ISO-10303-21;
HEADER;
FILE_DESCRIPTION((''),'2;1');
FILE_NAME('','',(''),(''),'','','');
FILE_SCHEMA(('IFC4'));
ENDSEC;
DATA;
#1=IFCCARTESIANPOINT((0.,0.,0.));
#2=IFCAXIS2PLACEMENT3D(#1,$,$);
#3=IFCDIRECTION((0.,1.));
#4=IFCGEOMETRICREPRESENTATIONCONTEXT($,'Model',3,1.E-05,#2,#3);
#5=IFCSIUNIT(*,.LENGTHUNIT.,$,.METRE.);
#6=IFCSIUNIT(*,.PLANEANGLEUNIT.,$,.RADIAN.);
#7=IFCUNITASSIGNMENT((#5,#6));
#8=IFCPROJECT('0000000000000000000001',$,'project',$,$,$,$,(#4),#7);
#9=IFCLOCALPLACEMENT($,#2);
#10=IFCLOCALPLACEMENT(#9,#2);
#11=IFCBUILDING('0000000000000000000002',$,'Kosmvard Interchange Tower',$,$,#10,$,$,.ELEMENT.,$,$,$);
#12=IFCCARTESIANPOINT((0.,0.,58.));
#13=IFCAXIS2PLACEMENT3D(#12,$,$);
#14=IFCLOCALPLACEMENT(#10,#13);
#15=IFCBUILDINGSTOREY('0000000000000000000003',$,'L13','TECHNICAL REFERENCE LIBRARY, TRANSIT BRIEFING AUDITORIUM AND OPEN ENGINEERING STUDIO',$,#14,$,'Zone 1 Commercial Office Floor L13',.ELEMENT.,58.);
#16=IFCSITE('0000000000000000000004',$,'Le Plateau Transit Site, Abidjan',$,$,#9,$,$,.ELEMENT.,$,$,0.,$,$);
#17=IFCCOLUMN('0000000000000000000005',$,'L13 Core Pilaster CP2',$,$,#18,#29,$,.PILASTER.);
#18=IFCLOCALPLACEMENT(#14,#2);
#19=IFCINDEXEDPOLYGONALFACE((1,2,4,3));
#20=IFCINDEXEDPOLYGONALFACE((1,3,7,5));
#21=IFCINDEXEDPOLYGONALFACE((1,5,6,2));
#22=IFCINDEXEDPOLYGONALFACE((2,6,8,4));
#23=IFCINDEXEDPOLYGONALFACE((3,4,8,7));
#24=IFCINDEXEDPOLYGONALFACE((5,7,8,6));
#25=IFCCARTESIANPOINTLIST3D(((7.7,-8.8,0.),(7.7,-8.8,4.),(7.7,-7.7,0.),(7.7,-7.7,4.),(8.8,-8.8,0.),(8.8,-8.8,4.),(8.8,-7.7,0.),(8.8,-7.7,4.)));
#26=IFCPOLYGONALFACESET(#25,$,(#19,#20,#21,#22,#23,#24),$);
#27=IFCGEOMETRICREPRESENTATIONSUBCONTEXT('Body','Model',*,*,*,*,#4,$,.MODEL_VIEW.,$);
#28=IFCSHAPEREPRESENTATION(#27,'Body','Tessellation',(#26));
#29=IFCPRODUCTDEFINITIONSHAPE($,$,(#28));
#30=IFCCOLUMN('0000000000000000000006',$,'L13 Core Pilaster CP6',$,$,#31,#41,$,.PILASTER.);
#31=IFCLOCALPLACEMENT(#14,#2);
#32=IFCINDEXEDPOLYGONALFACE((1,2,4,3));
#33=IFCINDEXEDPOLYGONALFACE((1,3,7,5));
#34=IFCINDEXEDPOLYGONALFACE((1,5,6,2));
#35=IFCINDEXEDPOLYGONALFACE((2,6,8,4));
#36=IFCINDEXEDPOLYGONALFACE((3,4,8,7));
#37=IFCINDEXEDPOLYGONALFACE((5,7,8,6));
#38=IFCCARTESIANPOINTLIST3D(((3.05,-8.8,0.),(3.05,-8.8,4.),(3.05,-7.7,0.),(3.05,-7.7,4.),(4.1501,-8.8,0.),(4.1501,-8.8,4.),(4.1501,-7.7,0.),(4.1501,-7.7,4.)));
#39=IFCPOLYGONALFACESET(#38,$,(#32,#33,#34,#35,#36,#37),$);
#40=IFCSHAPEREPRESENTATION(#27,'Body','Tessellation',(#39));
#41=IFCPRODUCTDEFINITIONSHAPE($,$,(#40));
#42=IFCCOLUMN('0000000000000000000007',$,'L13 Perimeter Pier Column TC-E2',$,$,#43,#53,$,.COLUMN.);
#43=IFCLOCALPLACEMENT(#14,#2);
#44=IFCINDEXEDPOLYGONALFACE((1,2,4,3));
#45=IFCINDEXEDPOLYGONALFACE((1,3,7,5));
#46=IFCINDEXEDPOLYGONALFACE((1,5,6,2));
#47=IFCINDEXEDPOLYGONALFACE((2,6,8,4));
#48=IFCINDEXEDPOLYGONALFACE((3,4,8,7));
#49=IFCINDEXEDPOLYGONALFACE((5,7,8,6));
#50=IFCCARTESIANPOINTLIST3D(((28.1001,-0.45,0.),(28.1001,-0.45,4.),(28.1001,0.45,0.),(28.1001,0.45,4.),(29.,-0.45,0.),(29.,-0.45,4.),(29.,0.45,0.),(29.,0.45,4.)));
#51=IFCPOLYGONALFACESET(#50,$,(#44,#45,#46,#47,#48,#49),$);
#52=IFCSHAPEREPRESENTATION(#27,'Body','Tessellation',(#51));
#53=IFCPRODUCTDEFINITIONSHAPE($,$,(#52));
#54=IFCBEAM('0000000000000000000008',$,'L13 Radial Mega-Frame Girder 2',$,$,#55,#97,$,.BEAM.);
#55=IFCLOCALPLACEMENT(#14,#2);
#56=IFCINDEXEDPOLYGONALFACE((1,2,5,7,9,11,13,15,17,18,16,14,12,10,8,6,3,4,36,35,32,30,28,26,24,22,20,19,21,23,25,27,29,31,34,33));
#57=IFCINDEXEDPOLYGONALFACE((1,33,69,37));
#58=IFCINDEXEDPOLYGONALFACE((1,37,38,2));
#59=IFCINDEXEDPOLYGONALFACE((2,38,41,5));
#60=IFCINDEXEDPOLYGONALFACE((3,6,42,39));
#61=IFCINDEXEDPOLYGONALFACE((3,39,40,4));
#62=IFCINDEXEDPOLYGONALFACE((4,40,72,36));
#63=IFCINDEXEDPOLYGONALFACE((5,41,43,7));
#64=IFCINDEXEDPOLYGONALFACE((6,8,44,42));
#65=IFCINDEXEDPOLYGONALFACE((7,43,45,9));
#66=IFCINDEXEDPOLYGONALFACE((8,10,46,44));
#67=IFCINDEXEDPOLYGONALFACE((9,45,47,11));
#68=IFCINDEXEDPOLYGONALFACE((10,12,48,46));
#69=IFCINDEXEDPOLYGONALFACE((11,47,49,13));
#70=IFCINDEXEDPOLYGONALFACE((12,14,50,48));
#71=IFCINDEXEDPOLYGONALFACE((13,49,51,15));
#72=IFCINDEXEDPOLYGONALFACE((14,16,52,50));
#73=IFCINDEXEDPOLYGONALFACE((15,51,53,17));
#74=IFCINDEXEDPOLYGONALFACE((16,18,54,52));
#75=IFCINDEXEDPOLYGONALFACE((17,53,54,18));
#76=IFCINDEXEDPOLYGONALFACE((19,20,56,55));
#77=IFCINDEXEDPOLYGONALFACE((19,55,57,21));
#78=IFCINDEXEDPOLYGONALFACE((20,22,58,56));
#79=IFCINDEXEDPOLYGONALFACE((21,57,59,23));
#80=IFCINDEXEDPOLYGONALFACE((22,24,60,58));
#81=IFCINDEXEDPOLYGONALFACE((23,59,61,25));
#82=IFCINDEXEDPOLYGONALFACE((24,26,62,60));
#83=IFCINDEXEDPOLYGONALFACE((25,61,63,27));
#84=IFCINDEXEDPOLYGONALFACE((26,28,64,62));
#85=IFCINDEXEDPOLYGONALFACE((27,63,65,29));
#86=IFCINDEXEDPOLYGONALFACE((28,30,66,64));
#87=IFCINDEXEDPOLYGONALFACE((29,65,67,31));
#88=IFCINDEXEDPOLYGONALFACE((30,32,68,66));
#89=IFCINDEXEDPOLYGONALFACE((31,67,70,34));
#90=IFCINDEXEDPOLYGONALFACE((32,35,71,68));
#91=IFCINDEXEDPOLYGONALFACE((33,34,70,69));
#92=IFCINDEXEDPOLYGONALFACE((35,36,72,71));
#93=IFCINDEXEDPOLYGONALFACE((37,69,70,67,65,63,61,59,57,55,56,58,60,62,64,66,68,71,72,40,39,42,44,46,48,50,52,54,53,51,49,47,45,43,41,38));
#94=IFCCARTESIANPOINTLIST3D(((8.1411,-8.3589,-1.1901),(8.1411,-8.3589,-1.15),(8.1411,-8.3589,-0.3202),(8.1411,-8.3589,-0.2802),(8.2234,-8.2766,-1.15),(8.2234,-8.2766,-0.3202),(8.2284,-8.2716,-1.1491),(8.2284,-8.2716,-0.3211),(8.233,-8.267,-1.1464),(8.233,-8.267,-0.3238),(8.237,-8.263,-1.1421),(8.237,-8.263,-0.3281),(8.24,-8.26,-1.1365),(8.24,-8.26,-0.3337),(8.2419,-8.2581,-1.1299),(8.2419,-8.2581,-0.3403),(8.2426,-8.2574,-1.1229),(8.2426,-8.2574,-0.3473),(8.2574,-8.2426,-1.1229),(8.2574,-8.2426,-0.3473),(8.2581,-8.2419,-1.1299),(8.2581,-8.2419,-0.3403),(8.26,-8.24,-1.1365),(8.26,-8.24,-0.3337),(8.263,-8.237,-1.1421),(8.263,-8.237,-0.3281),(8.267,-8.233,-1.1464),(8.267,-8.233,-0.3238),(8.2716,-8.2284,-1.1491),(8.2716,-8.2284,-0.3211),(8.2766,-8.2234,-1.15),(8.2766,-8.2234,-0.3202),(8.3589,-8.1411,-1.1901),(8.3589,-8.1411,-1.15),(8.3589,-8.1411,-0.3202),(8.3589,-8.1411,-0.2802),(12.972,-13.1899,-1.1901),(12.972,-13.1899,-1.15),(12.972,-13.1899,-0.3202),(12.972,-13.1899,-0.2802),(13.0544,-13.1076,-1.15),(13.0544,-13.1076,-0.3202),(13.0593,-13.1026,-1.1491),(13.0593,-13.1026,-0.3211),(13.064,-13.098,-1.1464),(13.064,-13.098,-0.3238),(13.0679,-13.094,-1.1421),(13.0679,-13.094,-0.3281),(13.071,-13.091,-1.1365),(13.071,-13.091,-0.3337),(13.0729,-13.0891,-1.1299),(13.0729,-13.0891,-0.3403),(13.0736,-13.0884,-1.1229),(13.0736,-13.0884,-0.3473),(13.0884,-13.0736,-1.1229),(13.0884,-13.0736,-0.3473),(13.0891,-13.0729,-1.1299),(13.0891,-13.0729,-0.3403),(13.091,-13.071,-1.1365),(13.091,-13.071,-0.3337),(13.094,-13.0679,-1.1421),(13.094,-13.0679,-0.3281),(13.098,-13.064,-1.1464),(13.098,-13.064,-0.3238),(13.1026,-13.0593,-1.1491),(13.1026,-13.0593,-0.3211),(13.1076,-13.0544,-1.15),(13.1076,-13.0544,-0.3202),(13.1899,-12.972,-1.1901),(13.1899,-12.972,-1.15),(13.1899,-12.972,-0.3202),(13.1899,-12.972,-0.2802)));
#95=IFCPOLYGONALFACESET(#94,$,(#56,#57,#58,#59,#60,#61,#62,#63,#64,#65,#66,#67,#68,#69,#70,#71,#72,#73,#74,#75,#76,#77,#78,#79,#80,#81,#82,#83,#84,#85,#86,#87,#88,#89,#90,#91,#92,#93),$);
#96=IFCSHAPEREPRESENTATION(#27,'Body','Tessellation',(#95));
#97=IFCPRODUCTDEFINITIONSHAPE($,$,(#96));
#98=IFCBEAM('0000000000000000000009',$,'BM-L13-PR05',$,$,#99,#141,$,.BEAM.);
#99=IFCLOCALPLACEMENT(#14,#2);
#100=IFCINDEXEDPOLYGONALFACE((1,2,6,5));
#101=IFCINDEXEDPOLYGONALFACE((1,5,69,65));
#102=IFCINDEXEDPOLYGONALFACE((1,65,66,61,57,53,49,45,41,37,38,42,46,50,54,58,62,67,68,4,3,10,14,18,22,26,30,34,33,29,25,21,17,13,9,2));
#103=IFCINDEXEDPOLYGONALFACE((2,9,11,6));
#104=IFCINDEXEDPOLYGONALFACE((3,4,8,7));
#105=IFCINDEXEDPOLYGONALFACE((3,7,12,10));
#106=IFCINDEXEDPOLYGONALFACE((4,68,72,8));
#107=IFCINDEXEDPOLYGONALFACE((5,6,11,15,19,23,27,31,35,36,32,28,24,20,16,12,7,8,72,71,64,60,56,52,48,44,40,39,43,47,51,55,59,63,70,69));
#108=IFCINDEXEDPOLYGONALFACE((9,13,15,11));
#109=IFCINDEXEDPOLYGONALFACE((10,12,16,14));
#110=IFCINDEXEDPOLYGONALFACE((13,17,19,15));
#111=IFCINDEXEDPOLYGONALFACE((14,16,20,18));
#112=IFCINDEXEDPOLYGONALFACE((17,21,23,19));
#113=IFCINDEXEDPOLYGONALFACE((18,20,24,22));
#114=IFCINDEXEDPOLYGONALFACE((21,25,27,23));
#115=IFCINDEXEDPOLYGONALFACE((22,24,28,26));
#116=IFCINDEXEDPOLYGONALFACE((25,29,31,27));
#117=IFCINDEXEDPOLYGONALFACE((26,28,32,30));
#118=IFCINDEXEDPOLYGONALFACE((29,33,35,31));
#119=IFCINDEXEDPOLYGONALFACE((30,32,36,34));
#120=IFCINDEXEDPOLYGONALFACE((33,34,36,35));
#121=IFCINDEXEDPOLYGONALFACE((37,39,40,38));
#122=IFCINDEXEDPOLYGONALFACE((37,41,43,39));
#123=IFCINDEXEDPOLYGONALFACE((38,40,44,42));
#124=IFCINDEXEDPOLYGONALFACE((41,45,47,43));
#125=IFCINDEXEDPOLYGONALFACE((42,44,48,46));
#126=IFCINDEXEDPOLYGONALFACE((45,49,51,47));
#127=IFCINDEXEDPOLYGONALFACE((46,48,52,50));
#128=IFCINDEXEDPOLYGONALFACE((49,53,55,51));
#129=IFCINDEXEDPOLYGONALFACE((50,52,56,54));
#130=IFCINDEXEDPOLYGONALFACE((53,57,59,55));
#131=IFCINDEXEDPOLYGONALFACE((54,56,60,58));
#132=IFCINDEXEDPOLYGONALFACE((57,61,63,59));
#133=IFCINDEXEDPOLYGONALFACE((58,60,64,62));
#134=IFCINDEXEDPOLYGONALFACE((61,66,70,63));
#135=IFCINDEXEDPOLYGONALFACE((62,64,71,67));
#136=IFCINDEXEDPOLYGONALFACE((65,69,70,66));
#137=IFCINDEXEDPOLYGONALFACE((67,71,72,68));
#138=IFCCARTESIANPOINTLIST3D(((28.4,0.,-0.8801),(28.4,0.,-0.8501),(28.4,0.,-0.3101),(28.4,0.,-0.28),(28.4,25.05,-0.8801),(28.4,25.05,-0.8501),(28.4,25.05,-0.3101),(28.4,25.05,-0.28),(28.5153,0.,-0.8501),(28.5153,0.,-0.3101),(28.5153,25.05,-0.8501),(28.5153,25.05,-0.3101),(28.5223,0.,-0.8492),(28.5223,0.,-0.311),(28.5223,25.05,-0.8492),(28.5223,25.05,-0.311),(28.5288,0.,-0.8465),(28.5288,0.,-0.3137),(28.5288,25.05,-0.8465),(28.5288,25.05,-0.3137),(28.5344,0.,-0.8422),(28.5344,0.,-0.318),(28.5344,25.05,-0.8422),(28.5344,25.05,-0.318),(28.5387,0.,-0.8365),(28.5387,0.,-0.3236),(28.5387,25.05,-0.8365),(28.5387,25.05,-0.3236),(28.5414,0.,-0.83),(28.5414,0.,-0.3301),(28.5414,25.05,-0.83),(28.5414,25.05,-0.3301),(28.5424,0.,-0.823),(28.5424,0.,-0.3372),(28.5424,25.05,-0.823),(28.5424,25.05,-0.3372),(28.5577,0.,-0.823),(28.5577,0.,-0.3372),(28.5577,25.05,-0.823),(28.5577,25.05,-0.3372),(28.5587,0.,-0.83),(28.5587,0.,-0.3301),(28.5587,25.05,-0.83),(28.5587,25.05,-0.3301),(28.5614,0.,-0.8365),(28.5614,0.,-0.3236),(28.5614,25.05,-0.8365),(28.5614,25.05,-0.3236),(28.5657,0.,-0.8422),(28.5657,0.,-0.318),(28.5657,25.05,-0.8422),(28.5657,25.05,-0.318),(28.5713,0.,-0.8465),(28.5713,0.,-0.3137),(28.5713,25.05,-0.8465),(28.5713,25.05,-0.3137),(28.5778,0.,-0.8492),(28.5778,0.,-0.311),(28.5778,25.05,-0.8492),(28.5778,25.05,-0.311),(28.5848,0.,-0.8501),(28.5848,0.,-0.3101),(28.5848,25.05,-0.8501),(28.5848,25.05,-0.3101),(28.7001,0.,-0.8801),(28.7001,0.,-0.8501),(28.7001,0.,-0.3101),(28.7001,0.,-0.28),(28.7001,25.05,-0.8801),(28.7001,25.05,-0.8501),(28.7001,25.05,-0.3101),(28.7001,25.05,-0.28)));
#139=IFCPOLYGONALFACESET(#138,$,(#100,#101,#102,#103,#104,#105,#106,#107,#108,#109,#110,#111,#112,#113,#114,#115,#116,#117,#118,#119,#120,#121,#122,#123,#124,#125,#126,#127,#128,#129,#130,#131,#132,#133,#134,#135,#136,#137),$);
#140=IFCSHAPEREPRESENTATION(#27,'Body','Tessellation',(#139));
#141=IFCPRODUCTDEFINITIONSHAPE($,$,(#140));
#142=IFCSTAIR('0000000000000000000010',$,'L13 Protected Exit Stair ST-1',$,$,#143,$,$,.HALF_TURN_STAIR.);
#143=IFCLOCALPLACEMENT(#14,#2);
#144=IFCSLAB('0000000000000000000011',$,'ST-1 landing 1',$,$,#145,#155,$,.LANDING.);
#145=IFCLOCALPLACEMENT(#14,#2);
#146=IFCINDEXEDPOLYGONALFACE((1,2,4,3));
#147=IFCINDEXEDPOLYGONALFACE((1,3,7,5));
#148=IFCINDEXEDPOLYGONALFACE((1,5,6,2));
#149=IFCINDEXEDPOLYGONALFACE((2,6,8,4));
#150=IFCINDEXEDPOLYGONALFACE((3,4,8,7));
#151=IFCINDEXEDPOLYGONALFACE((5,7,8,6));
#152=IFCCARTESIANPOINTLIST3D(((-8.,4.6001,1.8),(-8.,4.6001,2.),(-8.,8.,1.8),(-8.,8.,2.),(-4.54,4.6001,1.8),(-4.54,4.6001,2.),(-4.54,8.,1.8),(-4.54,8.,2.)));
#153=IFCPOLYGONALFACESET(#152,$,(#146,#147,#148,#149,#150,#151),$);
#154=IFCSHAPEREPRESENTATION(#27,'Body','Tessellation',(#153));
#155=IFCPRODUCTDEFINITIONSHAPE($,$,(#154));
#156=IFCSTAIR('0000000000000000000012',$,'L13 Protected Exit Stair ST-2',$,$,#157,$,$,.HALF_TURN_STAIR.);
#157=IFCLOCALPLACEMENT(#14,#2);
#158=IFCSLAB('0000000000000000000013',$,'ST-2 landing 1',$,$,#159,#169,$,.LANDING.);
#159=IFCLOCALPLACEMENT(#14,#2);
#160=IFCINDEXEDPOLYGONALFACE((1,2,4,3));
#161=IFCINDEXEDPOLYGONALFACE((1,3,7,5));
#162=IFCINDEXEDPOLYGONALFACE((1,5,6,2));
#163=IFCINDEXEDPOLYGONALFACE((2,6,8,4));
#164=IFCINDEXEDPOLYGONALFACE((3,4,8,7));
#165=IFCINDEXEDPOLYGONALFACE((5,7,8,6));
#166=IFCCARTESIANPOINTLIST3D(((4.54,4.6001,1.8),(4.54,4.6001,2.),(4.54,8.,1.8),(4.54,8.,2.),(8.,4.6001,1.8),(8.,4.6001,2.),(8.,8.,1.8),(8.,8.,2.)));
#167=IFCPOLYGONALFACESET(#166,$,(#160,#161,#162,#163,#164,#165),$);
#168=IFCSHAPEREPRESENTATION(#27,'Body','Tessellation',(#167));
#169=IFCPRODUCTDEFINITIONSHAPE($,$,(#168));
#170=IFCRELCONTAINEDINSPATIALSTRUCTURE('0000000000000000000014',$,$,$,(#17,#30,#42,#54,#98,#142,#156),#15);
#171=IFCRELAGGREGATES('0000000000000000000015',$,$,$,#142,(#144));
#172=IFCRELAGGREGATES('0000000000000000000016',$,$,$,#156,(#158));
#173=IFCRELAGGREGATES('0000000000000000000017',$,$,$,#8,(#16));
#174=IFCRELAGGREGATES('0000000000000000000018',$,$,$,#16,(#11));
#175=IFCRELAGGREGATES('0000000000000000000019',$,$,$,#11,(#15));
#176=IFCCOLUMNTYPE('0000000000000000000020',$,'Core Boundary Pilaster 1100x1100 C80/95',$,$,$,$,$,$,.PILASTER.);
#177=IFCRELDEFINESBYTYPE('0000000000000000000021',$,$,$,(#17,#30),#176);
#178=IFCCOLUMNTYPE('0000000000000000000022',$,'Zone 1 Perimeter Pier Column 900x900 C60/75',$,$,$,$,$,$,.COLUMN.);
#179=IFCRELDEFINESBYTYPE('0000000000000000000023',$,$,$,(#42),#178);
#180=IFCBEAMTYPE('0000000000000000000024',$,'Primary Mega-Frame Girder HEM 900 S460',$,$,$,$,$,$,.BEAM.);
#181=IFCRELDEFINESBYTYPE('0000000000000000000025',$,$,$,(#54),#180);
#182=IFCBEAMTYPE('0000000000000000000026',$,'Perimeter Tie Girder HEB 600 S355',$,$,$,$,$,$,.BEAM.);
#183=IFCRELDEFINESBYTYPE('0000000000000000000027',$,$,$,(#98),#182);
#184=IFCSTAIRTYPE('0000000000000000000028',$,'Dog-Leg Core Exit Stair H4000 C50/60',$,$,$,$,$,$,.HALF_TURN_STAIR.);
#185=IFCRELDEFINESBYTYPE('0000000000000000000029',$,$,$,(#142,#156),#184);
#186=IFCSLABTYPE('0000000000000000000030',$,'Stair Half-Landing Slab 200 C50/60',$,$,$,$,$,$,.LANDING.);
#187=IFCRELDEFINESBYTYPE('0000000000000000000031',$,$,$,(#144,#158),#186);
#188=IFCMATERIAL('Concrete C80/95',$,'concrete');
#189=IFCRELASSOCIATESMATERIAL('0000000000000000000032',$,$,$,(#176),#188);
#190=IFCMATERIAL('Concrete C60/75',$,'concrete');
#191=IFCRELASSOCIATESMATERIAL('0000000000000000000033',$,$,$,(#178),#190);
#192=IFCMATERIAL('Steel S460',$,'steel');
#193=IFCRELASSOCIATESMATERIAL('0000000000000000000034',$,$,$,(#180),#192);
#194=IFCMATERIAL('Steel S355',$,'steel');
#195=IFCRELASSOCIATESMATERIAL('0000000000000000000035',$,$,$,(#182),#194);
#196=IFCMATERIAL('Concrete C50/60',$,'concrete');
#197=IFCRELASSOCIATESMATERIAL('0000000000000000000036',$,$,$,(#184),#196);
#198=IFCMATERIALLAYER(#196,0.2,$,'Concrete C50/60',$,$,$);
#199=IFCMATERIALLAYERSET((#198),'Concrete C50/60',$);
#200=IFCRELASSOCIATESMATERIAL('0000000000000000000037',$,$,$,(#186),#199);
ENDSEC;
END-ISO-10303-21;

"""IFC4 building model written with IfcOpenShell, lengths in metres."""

from ifc_helpers import new_model, si_unit, direction, frame, origin, origin_2d, place, context, subcontext, project, spatial, polyline, rectangle, i_section, outline, extrude, source, transform, mapped, material, layer, layer_set, material_profile, profile_set, type_object, element, aggregate, save


model = new_model("IFC4")

# Units and contexts
model_context = context("Model", 3, precision=1e-05, world=origin(), true_north=direction((0.0, 1.0)))
body_context = subcontext(model_context, "Body", "Model", "MODEL_VIEW")
ifc_project = project(units=[si_unit("LENGTHUNIT", "METRE"), si_unit("PLANEANGLEUNIT", "RADIAN")], contexts=[model_context])

# Site, building, storey
site_placement = place(None, origin())
site = spatial("IfcSite", under=ifc_project, at=site_placement, Name="Le Plateau Transit Site, Abidjan", CompositionType="ELEMENT", RefElevation=0.0)
building_placement = place(site_placement, origin())
building = spatial("IfcBuilding", under=site, at=building_placement, Name="Kosmvard Interchange Tower", CompositionType="ELEMENT")
storey_placement = place(building_placement, frame((0.0, 0.0, 58.0)))
storey = spatial("IfcBuildingStorey", under=building, at=storey_placement, Name="L13", Description="TECHNICAL REFERENCE LIBRARY, TRANSIT BRIEFING AUDITORIUM AND OPEN ENGINEERING STUDIO", LongName="Zone 1 Commercial Office Floor L13", CompositionType="ELEMENT", Elevation=58.0)

# Columns
ifc_material_1 = material(Name="Concrete C80/95", Category="concrete")
ifc_material_profile_1 = material_profile(ifc_material_1, rectangle(XDim=1.1001, YDim=1.1001, at=origin_2d()), Name="CP 1100x1100")
ifc_profile_set_1 = profile_set([ifc_material_profile_1], Name="Concrete C80/95")
column_type_1 = type_object("IfcColumnType", Name="Core Boundary Pilaster 1100x1100 C80/95", PredefinedType="PILASTER", material=ifc_profile_set_1)
shared_shape_1 = source(origin(), body_context, "Body", "SweptSolid", [
    extrude(rectangle(XDim=1.1001, YDim=1.1001, at=origin_2d()), origin(), (0.0, 0.0, 1.0), 4.0),
])
for number, where, z_axis, x_axis, name in (
    (1, (8.25, -8.25, 0.0), (0.0, 0.0, 1.0), (1.0, 0.0, 0.0), "L13 Core Pilaster CP2"),
    (2, (3.6001, -8.25, 0.0), (0.0, 0.0, 1.0), (1.0, 0.0, 0.0), "L13 Core Pilaster CP6"),
):
    element("IfcColumn", number, at=place(storey_placement, frame(where, z_axis=z_axis, x_axis=x_axis)), inside=storey, type_object=column_type_1, Name=name, PredefinedType="PILASTER", context=body_context, shape_type="MappedRepresentation", body=[
        mapped(shared_shape_1, transform((0.0, 0.0, 0.0), scale=1.0)),
    ])
ifc_material_2 = material(Name="Concrete C60/75", Category="concrete")
ifc_material_profile_2 = material_profile(ifc_material_2, rectangle(XDim=0.8999, YDim=0.8999, at=origin_2d()), Name="TC 900x900")
ifc_profile_set_2 = profile_set([ifc_material_profile_2], Name="Concrete C60/75")
column_type_2 = type_object("IfcColumnType", Name="Zone 1 Perimeter Pier Column 900x900 C60/75", PredefinedType="COLUMN", material=ifc_profile_set_2)
shared_shape_2 = source(origin(), body_context, "Body", "SweptSolid", [
    extrude(rectangle(XDim=0.8999, YDim=0.8999, at=origin_2d()), origin(), (0.0, 0.0, 1.0), 4.0),
])
column_placement = place(storey_placement, frame((28.55, 0.0, 0.0), z_axis=(0.0, 0.0, 1.0), x_axis=(1.0, 0.0, 0.0)))
element("IfcColumn", 3, at=column_placement, inside=storey, type_object=column_type_2, Name="L13 Perimeter Pier Column TC-E2", PredefinedType="COLUMN", context=body_context, shape_type="MappedRepresentation", body=[
    mapped(shared_shape_2, transform((0.0, 0.0, 0.0), scale=1.0)),
])

# Beams
ifc_material_3 = material(Name="Steel S460", Category="steel")
ifc_material_profile_3 = material_profile(ifc_material_3, i_section(OverallWidth=0.3081, OverallDepth=0.9099, WebThickness=0.021, FlangeThickness=0.04, FilletRadius=0.0271, at=origin_2d()), Name="HEM 900")
ifc_profile_set_3 = profile_set([ifc_material_profile_3], Name="Steel S460")
beam_type_1 = type_object("IfcBeamType", Name="Primary Mega-Frame Girder HEM 900 S460", PredefinedType="BEAM", material=ifc_profile_set_3)
shared_shape_3 = source(origin(), body_context, "Body", "SweptSolid", [
    extrude(i_section(OverallWidth=0.3081, OverallDepth=0.9099, WebThickness=0.021, FlangeThickness=0.04, FilletRadius=0.0271, at=origin_2d()), origin(), (0.0, 0.0, 1.0), 6.832),
])
beam_1_placement = place(storey_placement, frame((8.25, -8.25, -0.7351), z_axis=(0.707107, -0.707107, 0.0), x_axis=(0.707107, 0.707107, 0.0)))
element("IfcBeam", 4, at=beam_1_placement, inside=storey, type_object=beam_type_1, Name="L13 Radial Mega-Frame Girder 2", PredefinedType="BEAM", context=body_context, shape_type="MappedRepresentation", body=[
    mapped(shared_shape_3, transform((0.0, 0.0, 0.0), scale=1.0)),
])
ifc_material_4 = material(Name="Steel S355", Category="steel")
ifc_material_profile_4 = material_profile(ifc_material_4, i_section(OverallWidth=0.3, OverallDepth=0.6001, WebThickness=0.0154, FlangeThickness=0.03, FilletRadius=0.0271, at=origin_2d()), Name="HEB 600")
ifc_profile_set_4 = profile_set([ifc_material_profile_4], Name="Steel S355")
beam_type_2 = type_object("IfcBeamType", Name="Perimeter Tie Girder HEB 600 S355", PredefinedType="BEAM", material=ifc_profile_set_4)
shared_shape_4 = source(origin(), body_context, "Body", "SweptSolid", [
    extrude(i_section(OverallWidth=0.3, OverallDepth=0.6001, WebThickness=0.0154, FlangeThickness=0.03, FilletRadius=0.0271, at=origin_2d()), origin(), (0.0, 0.0, 1.0), 25.05),
])
beam_2_placement = place(storey_placement, frame((28.55, 0.0, -0.5801), z_axis=(0.0, 1.0, 0.0), x_axis=(-1.0, 0.0, 0.0)))
element("IfcBeam", 5, at=beam_2_placement, inside=storey, type_object=beam_type_2, Name="BM-L13-PR05", PredefinedType="BEAM", context=body_context, shape_type="MappedRepresentation", body=[
    mapped(shared_shape_4, transform((0.0, 0.0, 0.0), scale=1.0)),
])

# Stairs, slabs
ifc_material_5 = material(Name="Concrete C50/60", Category="concrete")
stair_type = type_object("IfcStairType", Name="Dog-Leg Core Exit Stair H4000 C50/60", PredefinedType="HALF_TURN_STAIR", material=ifc_material_5)
stair_1_placement = place(storey_placement, origin())
stair_1 = element("IfcStair", 6, at=stair_1_placement, inside=storey, type_object=stair_type, Name="L13 Protected Exit Stair ST-1", PredefinedType="HALF_TURN_STAIR")
ifc_layer_1 = layer(ifc_material_5, 0.2, Name="Concrete C50/60")
ifc_layer_set_1 = layer_set([ifc_layer_1], Name="Concrete C50/60")
slab_type = type_object("IfcSlabType", Name="Stair Half-Landing Slab 200 C50/60", PredefinedType="LANDING", material=ifc_layer_set_1)
slab_1_placement = place(storey_placement, frame((0.0, 0.0, 1.8)))
slab_1 = element("IfcSlab", 7, at=slab_1_placement, type_object=slab_type, Name="ST-1 landing 1", PredefinedType="LANDING", context=body_context, shape_type="SweptSolid", body=[
    extrude(outline(polyline([(-4.54, 4.6001), (-4.54, 8.0), (-8.0, 8.0), (-8.0, 4.6001), (-4.54, 4.6001)])), origin(), (0.0, 0.0, 1.0), 0.2),
])
aggregate(stair_1, [slab_1])
stair_2_placement = place(storey_placement, origin())
stair_2 = element("IfcStair", 8, at=stair_2_placement, inside=storey, type_object=stair_type, Name="L13 Protected Exit Stair ST-2", PredefinedType="HALF_TURN_STAIR")
slab_2_placement = place(storey_placement, frame((0.0, 0.0, 1.8)))
slab_2 = element("IfcSlab", 9, at=slab_2_placement, type_object=slab_type, Name="ST-2 landing 1", PredefinedType="LANDING", context=body_context, shape_type="SweptSolid", body=[
    extrude(outline(polyline([(8.0, 4.6001), (8.0, 8.0), (4.54, 8.0), (4.54, 4.6001), (8.0, 4.6001)])), origin(), (0.0, 0.0, 1.0), 0.2),
])

aggregate(stair_2, [slab_2])

save(model, "model.ifc")
